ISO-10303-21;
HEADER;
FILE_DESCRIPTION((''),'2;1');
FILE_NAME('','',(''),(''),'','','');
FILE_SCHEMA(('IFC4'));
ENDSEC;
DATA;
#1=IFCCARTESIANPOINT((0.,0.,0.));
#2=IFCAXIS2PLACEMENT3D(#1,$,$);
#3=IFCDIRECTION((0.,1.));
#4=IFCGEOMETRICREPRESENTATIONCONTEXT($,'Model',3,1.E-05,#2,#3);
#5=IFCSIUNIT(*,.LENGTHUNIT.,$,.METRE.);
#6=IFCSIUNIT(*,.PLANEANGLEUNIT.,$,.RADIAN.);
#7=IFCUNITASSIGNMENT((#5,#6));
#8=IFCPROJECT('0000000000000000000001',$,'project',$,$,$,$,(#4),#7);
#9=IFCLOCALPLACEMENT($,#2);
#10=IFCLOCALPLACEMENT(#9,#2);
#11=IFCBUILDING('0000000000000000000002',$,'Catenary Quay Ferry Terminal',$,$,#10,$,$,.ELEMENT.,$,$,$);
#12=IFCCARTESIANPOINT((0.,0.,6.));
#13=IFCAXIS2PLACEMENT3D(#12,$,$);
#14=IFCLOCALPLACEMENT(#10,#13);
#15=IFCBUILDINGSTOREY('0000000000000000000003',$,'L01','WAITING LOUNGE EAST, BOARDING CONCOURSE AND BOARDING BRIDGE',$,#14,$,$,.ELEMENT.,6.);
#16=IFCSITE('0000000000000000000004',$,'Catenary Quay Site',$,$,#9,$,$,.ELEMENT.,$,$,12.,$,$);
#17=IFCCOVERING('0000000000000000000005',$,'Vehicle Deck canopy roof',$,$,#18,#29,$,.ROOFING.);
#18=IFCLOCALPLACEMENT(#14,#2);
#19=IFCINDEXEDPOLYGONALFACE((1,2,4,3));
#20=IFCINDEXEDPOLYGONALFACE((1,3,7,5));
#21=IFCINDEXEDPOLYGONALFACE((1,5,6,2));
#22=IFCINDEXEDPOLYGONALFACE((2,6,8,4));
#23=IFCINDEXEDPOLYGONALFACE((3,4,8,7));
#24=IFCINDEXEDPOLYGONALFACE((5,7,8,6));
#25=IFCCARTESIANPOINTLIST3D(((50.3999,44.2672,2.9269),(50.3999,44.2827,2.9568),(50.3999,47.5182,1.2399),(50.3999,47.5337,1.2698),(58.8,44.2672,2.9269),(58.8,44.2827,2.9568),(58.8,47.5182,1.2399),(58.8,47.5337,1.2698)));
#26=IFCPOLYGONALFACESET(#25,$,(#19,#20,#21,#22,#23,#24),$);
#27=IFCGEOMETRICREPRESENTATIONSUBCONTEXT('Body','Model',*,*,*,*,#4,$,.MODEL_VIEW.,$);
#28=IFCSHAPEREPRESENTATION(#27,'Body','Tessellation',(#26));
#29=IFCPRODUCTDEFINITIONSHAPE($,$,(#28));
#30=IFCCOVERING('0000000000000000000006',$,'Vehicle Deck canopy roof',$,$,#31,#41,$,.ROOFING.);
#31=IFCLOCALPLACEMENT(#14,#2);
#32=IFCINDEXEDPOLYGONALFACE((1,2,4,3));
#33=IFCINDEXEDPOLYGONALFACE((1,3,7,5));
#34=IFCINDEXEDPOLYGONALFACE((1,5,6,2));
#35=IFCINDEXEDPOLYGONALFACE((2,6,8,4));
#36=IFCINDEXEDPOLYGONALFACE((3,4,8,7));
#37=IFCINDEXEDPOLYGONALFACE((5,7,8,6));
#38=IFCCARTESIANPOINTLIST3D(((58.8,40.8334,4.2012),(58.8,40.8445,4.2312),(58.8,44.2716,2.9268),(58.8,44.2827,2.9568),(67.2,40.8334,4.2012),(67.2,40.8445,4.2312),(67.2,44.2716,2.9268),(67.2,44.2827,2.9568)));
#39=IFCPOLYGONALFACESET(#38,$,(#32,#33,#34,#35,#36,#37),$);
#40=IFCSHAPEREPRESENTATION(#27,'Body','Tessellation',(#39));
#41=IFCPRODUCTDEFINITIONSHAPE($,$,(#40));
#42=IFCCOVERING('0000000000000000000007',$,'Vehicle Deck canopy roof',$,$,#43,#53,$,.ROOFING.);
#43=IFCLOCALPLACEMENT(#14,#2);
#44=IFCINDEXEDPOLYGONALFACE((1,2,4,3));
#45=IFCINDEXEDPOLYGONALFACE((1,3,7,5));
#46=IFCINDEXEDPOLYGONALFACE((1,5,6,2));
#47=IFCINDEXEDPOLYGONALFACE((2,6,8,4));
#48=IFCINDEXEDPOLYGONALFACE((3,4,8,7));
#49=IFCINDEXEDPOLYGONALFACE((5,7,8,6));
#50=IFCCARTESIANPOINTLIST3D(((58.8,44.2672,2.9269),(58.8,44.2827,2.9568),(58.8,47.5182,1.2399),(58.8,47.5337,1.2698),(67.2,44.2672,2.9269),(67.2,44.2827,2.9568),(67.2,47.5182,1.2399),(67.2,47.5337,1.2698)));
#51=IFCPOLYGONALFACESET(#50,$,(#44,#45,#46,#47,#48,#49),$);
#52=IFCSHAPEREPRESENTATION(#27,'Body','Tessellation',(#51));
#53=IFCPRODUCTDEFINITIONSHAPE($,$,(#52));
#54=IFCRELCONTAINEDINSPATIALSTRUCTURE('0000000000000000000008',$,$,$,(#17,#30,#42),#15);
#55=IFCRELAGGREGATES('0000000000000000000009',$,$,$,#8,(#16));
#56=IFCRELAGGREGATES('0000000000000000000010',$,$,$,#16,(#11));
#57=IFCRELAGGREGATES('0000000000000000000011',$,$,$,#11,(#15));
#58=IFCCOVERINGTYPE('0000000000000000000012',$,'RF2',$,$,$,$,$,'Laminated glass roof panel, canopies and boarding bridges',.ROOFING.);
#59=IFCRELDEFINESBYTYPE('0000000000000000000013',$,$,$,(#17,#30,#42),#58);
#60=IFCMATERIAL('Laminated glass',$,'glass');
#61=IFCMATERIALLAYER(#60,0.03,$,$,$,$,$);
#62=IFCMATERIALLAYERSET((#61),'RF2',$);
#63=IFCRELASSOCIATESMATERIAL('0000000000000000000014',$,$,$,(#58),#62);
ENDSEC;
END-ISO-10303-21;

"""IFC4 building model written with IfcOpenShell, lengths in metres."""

from ifc_helpers import new_model, si_unit, direction, frame, origin, place, context, subcontext, project, spatial, polyline, outline, extrude, material, layer, layer_set, type_object, element, save


model = new_model("IFC4")

# Units and contexts
model_context = context("Model", 3, precision=1e-05, world=origin(), true_north=direction((0.0, 1.0)))
body_context = subcontext(model_context, "Body", "Model", "MODEL_VIEW")
ifc_project = project(units=[si_unit("LENGTHUNIT", "METRE"), si_unit("PLANEANGLEUNIT", "RADIAN")], contexts=[model_context])

# Site, building, storey
site_placement = place(None, origin())
site = spatial("IfcSite", under=ifc_project, at=site_placement, Name="Catenary Quay Site", CompositionType="ELEMENT", RefElevation=12.0)
building_placement = place(site_placement, origin())
building = spatial("IfcBuilding", under=site, at=building_placement, Name="Catenary Quay Ferry Terminal", CompositionType="ELEMENT")
storey_placement = place(building_placement, frame((0.0, 0.0, 6.0)))
storey = spatial("IfcBuildingStorey", under=building, at=storey_placement, Name="L01", Description="WAITING LOUNGE EAST, BOARDING CONCOURSE AND BOARDING BRIDGE", CompositionType="ELEMENT", Elevation=6.0)

# Coverings
ifc_material_1 = material(Name="Laminated glass", Category="glass")
ifc_layer_1 = layer(ifc_material_1, 0.03)
ifc_layer_set_1 = layer_set([ifc_layer_1], Name="RF2")
covering_type = type_object("IfcCoveringType", Name="RF2", ElementType="Laminated glass roof panel, canopies and boarding bridges", PredefinedType="ROOFING", material=ifc_layer_set_1)
covering_1_placement = place(storey_placement, frame((50.3999, 44.2827, 2.9568), z_axis=(0.0, 0.460601, 0.887607), x_axis=(1.0, 0.0, 0.0)))
element("IfcCovering", 1, at=covering_1_placement, inside=storey, type_object=covering_type, Name="Vehicle Deck canopy roof", PredefinedType="ROOFING", context=body_context, shape_type="SweptSolid", body=[
    extrude(outline(polyline([(0.0, 0.0), (8.4001, 0.0), (8.4001, 3.6626), (0.0, 3.6626), (0.0, 0.0)])), origin(), (0.0, 0.0, -1.0), 0.0337),
])
covering_2_placement = place(storey_placement, frame((58.8, 40.8445, 4.2312), z_axis=(0.0, 0.347553, 0.93766), x_axis=(1.0, 0.0, 0.0)))
element("IfcCovering", 2, at=covering_2_placement, inside=storey, type_object=covering_type, Name="Vehicle Deck canopy roof", PredefinedType="ROOFING", context=body_context, shape_type="SweptSolid", body=[
    extrude(outline(polyline([(0.0, 0.0), (8.3999, 0.0), (8.3999, 3.6668), (0.0, 3.6668), (0.0, 0.0)])), origin(), (0.0, 0.0, -1.0), 0.032),
])
covering_3_placement = place(storey_placement, frame((58.8, 44.2827, 2.9568), z_axis=(0.0, 0.460601, 0.887607), x_axis=(1.0, 0.0, 0.0)))
element("IfcCovering", 3, at=covering_3_placement, inside=storey, type_object=covering_type, Name="Vehicle Deck canopy roof", PredefinedType="ROOFING", context=body_context, shape_type="SweptSolid", body=[
    extrude(outline(polyline([(0.0, 0.0), (8.3999, 0.0), (8.3999, 3.6626), (0.0, 3.6626), (0.0, 0.0)])), origin(), (0.0, 0.0, -1.0), 0.0337),
])

save(model, "model.ifc")
